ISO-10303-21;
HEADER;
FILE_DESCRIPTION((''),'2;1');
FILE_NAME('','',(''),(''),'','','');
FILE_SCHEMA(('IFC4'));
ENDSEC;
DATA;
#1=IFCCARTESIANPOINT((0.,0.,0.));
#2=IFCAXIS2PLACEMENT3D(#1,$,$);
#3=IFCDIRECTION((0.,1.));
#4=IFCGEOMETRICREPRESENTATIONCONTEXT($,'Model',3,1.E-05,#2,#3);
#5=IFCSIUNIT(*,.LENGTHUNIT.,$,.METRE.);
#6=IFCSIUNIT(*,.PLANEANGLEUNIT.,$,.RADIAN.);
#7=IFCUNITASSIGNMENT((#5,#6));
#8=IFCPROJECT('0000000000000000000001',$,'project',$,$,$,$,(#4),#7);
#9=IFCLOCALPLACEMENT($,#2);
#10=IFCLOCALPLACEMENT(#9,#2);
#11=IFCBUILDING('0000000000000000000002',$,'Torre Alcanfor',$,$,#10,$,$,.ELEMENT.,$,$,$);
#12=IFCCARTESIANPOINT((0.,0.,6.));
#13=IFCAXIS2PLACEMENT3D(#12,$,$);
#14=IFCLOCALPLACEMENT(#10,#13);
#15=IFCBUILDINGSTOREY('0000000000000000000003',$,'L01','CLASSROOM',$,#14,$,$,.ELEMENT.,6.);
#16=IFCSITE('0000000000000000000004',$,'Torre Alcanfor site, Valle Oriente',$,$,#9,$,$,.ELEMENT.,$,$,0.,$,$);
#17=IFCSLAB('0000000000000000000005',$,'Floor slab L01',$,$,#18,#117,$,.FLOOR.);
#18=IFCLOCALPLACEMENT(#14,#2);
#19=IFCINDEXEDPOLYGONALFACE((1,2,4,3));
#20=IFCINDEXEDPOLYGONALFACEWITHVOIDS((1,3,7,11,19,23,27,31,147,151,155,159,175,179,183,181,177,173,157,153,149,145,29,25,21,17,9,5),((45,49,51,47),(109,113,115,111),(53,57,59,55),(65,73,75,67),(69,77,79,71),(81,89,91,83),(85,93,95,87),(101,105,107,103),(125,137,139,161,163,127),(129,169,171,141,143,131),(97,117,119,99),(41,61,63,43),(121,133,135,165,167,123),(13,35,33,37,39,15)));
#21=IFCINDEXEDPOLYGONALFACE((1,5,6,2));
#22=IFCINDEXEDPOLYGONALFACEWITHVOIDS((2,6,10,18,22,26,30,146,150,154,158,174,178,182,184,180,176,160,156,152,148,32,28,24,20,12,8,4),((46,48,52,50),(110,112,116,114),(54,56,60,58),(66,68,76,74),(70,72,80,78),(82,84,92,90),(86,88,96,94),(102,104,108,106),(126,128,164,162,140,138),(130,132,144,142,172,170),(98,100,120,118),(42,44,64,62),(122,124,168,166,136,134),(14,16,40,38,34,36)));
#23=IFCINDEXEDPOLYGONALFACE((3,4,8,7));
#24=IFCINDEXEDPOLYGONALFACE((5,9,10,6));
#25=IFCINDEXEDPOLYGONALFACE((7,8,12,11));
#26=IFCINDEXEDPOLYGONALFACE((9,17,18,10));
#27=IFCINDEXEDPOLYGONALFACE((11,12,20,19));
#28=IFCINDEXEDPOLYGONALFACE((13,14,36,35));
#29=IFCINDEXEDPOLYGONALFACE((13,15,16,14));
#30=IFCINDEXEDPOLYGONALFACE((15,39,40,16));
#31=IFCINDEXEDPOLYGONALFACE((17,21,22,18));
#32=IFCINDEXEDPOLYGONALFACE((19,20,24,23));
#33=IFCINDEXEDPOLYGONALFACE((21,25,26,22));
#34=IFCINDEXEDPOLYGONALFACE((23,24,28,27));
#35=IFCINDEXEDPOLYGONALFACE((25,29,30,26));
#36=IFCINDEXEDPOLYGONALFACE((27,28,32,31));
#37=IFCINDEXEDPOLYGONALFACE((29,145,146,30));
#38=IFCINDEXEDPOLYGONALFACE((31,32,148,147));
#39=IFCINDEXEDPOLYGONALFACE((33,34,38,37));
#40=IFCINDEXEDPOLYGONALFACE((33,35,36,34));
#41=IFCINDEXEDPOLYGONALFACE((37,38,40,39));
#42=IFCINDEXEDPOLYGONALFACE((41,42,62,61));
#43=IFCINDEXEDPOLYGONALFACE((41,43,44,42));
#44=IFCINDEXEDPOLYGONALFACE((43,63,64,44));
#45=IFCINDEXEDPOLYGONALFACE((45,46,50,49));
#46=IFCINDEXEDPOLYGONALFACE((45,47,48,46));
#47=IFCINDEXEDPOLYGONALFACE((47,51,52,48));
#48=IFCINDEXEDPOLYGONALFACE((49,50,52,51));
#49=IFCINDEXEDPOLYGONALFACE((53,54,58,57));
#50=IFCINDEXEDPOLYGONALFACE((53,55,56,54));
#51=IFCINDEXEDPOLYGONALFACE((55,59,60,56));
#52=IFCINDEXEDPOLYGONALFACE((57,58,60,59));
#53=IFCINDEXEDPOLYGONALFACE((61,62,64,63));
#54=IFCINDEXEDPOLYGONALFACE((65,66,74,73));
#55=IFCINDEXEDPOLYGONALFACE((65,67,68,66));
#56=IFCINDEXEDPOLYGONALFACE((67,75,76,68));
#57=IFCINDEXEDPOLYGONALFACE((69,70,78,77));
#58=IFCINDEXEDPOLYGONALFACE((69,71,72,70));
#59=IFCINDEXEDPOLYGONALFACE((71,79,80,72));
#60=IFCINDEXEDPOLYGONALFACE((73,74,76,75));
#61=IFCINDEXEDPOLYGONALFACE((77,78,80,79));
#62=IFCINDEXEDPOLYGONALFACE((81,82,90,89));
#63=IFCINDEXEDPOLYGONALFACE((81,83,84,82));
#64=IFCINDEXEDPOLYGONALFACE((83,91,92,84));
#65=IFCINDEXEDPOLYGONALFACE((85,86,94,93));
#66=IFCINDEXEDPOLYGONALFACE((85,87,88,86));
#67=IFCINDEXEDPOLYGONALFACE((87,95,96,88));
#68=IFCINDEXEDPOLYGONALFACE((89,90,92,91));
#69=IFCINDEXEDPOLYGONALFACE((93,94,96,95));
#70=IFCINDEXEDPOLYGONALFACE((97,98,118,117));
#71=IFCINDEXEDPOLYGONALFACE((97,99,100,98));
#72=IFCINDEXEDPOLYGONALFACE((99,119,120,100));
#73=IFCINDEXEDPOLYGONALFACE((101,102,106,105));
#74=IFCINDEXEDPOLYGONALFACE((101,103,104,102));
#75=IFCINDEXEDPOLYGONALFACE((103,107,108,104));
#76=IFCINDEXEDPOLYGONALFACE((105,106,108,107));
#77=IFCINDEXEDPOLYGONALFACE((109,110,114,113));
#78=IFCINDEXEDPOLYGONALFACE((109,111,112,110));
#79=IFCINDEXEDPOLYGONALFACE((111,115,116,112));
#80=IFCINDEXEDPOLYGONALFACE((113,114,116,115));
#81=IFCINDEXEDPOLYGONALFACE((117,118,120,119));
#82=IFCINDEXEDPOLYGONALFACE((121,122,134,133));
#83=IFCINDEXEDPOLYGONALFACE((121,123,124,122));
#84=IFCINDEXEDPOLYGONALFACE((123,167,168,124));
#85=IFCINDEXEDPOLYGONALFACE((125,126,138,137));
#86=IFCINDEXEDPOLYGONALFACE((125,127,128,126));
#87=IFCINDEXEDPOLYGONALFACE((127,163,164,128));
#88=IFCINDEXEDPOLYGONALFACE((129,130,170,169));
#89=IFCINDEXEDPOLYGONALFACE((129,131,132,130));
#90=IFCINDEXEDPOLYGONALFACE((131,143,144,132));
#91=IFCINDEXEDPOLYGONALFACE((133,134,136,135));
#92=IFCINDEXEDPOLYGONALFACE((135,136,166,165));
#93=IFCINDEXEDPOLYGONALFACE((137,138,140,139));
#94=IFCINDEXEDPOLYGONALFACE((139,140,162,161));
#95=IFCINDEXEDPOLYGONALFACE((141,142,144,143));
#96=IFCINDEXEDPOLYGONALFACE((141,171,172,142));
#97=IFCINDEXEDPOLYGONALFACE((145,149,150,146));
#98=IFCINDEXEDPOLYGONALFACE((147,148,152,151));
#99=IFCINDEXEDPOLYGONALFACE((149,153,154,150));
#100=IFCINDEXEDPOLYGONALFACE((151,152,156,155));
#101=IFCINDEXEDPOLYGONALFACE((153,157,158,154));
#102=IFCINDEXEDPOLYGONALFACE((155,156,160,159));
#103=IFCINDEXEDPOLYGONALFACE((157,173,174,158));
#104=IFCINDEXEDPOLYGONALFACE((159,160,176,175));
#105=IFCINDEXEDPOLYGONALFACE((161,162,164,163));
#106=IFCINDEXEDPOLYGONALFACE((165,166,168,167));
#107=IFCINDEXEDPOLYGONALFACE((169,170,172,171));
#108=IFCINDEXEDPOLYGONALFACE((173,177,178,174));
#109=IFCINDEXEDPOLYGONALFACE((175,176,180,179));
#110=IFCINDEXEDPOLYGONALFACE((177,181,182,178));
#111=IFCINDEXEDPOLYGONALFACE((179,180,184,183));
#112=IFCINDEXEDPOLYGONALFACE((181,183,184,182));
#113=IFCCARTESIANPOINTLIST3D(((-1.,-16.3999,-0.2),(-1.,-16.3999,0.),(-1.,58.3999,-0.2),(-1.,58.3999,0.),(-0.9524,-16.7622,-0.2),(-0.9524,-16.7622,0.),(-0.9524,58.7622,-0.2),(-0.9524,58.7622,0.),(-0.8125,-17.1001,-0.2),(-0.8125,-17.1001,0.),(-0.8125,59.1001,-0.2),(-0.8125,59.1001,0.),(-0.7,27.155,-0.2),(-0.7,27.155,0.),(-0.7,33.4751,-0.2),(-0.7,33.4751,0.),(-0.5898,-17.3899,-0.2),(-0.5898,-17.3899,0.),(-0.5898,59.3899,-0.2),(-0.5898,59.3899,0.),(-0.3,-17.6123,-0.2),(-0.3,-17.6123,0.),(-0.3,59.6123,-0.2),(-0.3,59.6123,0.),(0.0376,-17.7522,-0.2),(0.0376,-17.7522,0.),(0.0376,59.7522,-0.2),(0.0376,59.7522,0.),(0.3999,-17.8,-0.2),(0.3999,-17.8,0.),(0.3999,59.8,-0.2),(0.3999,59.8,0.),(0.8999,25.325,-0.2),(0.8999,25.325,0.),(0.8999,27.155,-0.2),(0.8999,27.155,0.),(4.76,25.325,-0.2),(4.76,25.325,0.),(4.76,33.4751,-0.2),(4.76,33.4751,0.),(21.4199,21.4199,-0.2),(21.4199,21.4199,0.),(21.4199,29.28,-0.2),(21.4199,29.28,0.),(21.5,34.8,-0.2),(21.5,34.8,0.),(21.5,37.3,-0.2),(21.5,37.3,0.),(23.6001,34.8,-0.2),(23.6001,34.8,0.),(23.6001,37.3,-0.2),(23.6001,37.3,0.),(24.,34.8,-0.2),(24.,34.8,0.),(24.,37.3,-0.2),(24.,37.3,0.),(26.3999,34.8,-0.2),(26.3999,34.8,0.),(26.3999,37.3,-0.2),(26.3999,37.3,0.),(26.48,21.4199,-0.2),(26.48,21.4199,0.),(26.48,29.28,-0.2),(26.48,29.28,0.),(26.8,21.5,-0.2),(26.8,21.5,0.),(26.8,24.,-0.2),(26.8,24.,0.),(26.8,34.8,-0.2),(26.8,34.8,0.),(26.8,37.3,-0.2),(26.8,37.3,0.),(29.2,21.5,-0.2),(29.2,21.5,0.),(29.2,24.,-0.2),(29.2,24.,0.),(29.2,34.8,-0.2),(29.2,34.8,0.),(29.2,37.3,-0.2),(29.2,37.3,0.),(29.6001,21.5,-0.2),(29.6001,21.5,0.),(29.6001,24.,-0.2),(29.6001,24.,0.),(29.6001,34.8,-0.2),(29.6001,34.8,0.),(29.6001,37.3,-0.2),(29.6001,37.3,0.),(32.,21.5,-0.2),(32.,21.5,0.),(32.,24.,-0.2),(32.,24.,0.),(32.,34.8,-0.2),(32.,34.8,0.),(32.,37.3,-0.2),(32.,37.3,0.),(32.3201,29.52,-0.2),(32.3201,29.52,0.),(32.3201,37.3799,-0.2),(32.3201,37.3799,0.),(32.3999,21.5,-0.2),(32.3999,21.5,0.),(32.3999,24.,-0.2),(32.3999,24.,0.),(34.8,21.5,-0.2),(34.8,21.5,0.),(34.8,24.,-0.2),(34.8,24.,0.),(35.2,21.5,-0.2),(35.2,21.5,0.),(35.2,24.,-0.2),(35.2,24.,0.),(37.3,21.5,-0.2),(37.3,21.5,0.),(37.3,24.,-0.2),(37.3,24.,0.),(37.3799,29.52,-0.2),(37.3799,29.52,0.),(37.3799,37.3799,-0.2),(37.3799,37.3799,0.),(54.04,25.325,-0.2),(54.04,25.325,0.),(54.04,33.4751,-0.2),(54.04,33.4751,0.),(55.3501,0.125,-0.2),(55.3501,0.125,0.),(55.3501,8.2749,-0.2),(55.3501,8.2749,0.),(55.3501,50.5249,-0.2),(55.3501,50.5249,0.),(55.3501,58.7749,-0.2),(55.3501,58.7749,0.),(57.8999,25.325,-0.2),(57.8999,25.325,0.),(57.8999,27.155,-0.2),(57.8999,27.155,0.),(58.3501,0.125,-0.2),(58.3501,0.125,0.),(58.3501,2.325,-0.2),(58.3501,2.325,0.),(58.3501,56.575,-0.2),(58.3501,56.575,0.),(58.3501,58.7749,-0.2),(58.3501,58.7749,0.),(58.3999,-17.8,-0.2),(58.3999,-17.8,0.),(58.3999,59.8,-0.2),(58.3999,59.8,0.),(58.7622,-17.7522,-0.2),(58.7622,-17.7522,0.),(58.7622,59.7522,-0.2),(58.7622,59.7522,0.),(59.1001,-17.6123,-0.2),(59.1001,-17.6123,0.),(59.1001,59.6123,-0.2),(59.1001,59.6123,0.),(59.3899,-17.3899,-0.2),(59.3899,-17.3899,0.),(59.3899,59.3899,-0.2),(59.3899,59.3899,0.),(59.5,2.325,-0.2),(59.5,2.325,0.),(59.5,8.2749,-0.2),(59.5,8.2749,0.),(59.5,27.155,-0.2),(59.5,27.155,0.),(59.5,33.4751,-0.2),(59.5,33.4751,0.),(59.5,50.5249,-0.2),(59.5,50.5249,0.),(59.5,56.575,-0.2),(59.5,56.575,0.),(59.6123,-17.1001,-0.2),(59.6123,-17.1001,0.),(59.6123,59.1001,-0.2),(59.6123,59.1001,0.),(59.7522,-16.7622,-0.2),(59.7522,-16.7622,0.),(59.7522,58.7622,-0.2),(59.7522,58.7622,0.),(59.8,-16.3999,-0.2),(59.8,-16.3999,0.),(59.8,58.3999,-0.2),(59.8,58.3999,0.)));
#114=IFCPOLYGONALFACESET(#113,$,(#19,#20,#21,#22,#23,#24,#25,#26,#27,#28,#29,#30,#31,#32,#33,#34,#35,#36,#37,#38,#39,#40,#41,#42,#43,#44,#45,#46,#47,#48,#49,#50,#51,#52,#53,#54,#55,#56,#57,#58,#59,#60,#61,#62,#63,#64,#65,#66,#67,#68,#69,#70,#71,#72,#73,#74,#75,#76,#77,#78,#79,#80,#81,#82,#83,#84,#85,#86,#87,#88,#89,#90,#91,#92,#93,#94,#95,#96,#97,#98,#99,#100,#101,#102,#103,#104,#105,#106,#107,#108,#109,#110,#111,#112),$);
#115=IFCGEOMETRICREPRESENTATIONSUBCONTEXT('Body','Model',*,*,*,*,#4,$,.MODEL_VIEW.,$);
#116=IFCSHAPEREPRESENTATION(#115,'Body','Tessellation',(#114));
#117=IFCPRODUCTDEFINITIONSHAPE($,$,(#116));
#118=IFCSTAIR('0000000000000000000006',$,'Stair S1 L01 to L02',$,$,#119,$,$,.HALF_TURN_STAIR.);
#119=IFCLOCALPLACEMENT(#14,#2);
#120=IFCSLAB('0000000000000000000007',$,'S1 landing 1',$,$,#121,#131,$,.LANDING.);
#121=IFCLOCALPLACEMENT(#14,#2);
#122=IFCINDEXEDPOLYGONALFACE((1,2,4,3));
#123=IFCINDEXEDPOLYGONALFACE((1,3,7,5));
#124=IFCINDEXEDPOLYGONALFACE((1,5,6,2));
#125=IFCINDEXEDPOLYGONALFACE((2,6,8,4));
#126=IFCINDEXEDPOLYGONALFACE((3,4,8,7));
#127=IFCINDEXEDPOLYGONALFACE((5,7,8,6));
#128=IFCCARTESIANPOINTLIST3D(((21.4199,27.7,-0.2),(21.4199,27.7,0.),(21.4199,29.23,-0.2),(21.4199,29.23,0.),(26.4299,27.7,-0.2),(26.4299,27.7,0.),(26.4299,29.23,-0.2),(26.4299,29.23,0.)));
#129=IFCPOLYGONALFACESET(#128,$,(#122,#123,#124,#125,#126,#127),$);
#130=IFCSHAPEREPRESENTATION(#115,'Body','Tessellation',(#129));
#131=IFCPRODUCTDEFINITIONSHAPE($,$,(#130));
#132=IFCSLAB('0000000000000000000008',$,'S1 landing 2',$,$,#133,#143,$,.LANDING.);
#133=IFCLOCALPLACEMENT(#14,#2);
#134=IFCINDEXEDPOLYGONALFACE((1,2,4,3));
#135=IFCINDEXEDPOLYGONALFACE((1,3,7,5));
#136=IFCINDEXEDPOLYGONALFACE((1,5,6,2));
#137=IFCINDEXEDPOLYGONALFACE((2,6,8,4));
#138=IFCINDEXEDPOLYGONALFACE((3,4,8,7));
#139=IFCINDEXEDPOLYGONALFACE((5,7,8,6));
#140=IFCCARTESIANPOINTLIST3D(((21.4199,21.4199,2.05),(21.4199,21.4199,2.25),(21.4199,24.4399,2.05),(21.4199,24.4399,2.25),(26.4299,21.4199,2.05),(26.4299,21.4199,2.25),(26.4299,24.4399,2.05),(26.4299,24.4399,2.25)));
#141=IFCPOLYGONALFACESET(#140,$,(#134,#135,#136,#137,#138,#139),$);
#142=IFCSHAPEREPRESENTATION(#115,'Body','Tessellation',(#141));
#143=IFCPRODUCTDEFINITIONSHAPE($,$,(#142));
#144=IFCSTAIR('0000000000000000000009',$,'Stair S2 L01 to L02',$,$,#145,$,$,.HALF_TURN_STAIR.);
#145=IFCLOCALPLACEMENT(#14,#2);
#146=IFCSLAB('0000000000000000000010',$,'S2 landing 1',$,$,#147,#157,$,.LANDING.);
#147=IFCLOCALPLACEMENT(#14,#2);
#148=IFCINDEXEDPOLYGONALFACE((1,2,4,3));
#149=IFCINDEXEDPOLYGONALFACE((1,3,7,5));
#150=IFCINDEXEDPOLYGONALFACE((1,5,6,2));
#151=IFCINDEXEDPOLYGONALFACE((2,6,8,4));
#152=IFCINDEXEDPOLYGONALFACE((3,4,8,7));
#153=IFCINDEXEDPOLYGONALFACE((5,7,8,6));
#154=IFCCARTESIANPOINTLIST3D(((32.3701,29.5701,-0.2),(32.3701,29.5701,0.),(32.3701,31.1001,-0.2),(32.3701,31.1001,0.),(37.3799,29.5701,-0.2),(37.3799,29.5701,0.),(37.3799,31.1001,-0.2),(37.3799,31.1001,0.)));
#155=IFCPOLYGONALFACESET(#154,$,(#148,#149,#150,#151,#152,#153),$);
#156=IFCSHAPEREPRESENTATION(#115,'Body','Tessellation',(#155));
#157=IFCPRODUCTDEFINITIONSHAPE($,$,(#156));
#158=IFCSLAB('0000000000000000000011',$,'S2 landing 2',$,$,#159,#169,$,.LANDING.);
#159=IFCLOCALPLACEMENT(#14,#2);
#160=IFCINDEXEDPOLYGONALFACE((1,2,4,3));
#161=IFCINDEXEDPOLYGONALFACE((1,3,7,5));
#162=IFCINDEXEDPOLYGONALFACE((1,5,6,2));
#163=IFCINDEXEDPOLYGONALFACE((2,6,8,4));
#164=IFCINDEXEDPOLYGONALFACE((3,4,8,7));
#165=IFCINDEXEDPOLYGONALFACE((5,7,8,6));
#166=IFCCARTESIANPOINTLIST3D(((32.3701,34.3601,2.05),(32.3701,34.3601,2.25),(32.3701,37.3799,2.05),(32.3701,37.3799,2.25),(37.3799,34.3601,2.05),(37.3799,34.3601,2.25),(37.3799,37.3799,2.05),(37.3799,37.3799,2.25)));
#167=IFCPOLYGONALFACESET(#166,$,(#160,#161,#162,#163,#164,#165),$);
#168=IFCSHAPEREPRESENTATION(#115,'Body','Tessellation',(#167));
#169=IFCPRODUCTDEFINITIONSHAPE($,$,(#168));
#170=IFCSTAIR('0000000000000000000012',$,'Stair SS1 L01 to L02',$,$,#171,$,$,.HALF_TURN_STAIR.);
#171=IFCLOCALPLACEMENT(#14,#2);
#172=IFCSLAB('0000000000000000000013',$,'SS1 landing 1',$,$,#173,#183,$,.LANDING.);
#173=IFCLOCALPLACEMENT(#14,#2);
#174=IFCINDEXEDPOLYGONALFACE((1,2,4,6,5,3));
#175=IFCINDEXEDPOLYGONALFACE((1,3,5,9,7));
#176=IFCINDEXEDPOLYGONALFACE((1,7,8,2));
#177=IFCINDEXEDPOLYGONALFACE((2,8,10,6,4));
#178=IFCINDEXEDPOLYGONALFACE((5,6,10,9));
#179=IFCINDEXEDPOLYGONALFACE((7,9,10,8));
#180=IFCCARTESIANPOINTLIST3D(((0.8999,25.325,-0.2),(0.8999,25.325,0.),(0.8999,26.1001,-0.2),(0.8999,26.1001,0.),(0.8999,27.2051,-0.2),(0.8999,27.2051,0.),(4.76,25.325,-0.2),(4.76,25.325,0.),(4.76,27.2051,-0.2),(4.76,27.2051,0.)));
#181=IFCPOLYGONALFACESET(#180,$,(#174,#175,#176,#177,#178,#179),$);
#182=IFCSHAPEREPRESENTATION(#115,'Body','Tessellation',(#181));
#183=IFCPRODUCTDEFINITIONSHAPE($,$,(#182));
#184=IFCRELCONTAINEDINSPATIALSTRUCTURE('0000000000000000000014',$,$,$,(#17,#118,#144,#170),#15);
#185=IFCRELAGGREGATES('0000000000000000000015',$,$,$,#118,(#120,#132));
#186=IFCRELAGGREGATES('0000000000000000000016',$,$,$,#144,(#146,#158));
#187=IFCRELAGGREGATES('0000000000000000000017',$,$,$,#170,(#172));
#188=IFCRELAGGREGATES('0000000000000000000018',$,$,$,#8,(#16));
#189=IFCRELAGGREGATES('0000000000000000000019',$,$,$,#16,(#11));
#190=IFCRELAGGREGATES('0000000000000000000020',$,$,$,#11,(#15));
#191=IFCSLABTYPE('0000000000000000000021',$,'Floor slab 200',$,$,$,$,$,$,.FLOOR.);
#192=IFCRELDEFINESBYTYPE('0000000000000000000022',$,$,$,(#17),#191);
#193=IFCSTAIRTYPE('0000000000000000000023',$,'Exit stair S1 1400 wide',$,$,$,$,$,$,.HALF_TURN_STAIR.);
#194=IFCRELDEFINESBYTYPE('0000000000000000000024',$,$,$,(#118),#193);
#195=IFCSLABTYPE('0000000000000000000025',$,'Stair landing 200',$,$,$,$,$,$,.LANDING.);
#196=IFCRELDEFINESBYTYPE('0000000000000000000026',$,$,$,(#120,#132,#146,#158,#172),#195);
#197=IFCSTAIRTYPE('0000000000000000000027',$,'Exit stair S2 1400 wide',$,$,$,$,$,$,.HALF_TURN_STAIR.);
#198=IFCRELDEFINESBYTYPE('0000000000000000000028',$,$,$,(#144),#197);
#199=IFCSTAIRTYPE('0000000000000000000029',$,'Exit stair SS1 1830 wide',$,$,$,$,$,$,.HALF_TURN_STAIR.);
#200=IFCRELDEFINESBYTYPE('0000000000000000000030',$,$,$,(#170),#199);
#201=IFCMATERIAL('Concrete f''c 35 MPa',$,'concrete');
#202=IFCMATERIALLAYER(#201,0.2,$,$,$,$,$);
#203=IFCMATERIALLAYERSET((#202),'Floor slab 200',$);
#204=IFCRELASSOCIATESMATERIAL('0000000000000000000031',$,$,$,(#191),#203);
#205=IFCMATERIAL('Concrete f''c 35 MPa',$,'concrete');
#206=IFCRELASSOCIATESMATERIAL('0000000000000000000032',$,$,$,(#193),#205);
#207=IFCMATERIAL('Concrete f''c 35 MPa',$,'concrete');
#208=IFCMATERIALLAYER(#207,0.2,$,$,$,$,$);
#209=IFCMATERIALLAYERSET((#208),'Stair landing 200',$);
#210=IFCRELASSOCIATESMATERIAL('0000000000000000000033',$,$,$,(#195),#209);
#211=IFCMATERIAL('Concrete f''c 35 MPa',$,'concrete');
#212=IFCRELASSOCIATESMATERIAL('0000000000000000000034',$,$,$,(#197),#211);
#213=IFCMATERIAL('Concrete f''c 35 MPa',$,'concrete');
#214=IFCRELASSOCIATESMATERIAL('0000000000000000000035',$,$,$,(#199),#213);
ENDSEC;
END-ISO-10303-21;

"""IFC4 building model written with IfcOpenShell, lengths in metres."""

from ifc_helpers import new_model, si_unit, direction, frame, origin, place, context, subcontext, project, spatial, polyline, outline, extrude, material, layer, layer_set, type_object, element, aggregate, save


model = new_model("IFC4")

# Units and contexts
model_context = context("Model", 3, precision=1e-05, world=origin(), true_north=direction((0.0, 1.0)))
body_context = subcontext(model_context, "Body", "Model", "MODEL_VIEW")
ifc_project = project(units=[si_unit("LENGTHUNIT", "METRE"), si_unit("PLANEANGLEUNIT", "RADIAN")], contexts=[model_context])

# Site, building, storey
site_placement = place(None, origin())
site = spatial("IfcSite", under=ifc_project, at=site_placement, Name="Torre Alcanfor site, Valle Oriente", CompositionType="ELEMENT", RefElevation=0.0)
building_placement = place(site_placement, origin())
building = spatial("IfcBuilding", under=site, at=building_placement, Name="Torre Alcanfor", CompositionType="ELEMENT")
storey_placement = place(building_placement, frame((0.0, 0.0, 6.0)))
storey = spatial("IfcBuildingStorey", under=building, at=storey_placement, Name="L01", Description="CLASSROOM", CompositionType="ELEMENT", Elevation=6.0)

# Slab
ifc_material_1 = material(Name="Concrete f'c 35 MPa", Category="concrete")
ifc_layer_1 = layer(ifc_material_1, 0.2)
ifc_layer_set_1 = layer_set([ifc_layer_1], Name="Floor slab 200")
slab_type_1 = type_object("IfcSlabType", Name="Floor slab 200", PredefinedType="FLOOR", material=ifc_layer_set_1)
slab_1_placement = place(storey_placement, frame((0.0, 0.0, -0.2)))
element("IfcSlab", 1, at=slab_1_placement, inside=storey, type_object=slab_type_1, Name="Floor slab L01", PredefinedType="FLOOR", context=body_context, shape_type="SweptSolid", body=[
    extrude(outline(polyline([(58.3999, -17.8), (58.7622, -17.7522), (59.1001, -17.6123), (59.3899, -17.3899), (59.6123, -17.1001), (59.7522, -16.7622), (59.8, -16.3999), (59.8, 58.3999), (59.7522, 58.7622), (59.6123, 59.1001), (59.3899, 59.3899), (59.1001, 59.6123), (58.7622, 59.7522), (58.3999, 59.8), (0.3999, 59.8), (0.0376, 59.7522), (-0.3, 59.6123), (-0.5898, 59.3899), (-0.8125, 59.1001), (-0.9524, 58.7622), (-1.0, 58.3999), (-1.0, -16.3999), (-0.9524, -16.7622), (-0.8125, -17.1001), (-0.5898, -17.3899), (-0.3, -17.6123), (0.0376, -17.7522), (0.3999, -17.8), (58.3999, -17.8)]), holes=[polyline([(21.4199, 21.4199), (26.48, 21.4199), (26.48, 29.28), (21.4199, 29.28), (21.4199, 21.4199)]), polyline([(32.3201, 29.52), (37.3799, 29.52), (37.3799, 37.3799), (32.3201, 37.3799), (32.3201, 29.52)]), polyline([(26.8, 21.5), (29.2, 21.5), (29.2, 24.0), (26.8, 24.0), (26.8, 21.5)]), polyline([(29.6001, 21.5), (32.0, 21.5), (32.0, 24.0), (29.6001, 24.0), (29.6001, 21.5)]), polyline([(32.3999, 21.5), (34.8, 21.5), (34.8, 24.0), (32.3999, 24.0), (32.3999, 21.5)]), polyline([(35.2, 21.5), (37.3, 21.5), (37.3, 24.0), (35.2, 24.0), (35.2, 21.5)]), polyline([(21.5, 34.8), (23.6001, 34.8), (23.6001, 37.3), (21.5, 37.3), (21.5, 34.8)]), polyline([(24.0, 34.8), (26.3999, 34.8), (26.3999, 37.3), (24.0, 37.3), (24.0, 34.8)]), polyline([(26.8, 34.8), (29.2, 34.8), (29.2, 37.3), (26.8, 37.3), (26.8, 34.8)]), polyline([(29.6001, 34.8), (32.0, 34.8), (32.0, 37.3), (29.6001, 37.3), (29.6001, 34.8)]), polyline([(4.76, 25.325), (0.8999, 25.325), (0.8999, 27.155), (-0.7, 27.155), (-0.7, 33.4751), (4.76, 33.4751), (4.76, 25.325)]), polyline([(57.8999, 25.325), (54.04, 25.325), (54.04, 33.4751), (59.5, 33.4751), (59.5, 27.155), (57.8999, 27.155), (57.8999, 25.325)]), polyline([(58.3501, 0.125), (55.3501, 0.125), (55.3501, 8.2749), (59.5, 8.2749), (59.5, 2.325), (58.3501, 2.325), (58.3501, 0.125)]), polyline([(59.5, 56.575), (59.5, 50.5249), (55.3501, 50.5249), (55.3501, 58.7749), (58.3501, 58.7749), (58.3501, 56.575), (59.5, 56.575)])]), origin(), (0.0, 0.0, 1.0), 0.2),
])

# Stairs, slabs
ifc_material_2 = material(Name="Concrete f'c 35 MPa", Category="concrete")
stair_type_1 = type_object("IfcStairType", Name="Exit stair S1 1400 wide", PredefinedType="HALF_TURN_STAIR", material=ifc_material_2)
stair_1_placement = place(storey_placement, origin())
stair_1 = element("IfcStair", 2, at=stair_1_placement, inside=storey, type_object=stair_type_1, Name="Stair S1 L01 to L02", PredefinedType="HALF_TURN_STAIR")
ifc_material_3 = material(Name="Concrete f'c 35 MPa", Category="concrete")
ifc_layer_2 = layer(ifc_material_3, 0.2)
ifc_layer_set_2 = layer_set([ifc_layer_2], Name="Stair landing 200")
slab_type_2 = type_object("IfcSlabType", Name="Stair landing 200", PredefinedType="LANDING", material=ifc_layer_set_2)
slab_2_placement = place(storey_placement, frame((0.0, 0.0, -0.2)))
slab_2 = element("IfcSlab", 3, at=slab_2_placement, type_object=slab_type_2, Name="S1 landing 1", PredefinedType="LANDING", context=body_context, shape_type="SweptSolid", body=[
    extrude(outline(polyline([(21.4199, 27.7), (26.4299, 27.7), (26.4299, 29.23), (21.4199, 29.23), (21.4199, 27.7)])), origin(), (0.0, 0.0, 1.0), 0.2),
])
slab_3_placement = place(storey_placement, frame((0.0, 0.0, 2.05)))
slab_3 = element("IfcSlab", 4, at=slab_3_placement, type_object=slab_type_2, Name="S1 landing 2", PredefinedType="LANDING", context=body_context, shape_type="SweptSolid", body=[
    extrude(outline(polyline([(21.4199, 21.4199), (26.4299, 21.4199), (26.4299, 24.4399), (21.4199, 24.4399), (21.4199, 21.4199)])), origin(), (0.0, 0.0, 1.0), 0.2),
])
aggregate(stair_1, [slab_2, slab_3])
ifc_material_4 = material(Name="Concrete f'c 35 MPa", Category="concrete")
stair_type_2 = type_object("IfcStairType", Name="Exit stair S2 1400 wide", PredefinedType="HALF_TURN_STAIR", material=ifc_material_4)
stair_2_placement = place(storey_placement, origin())
stair_2 = element("IfcStair", 5, at=stair_2_placement, inside=storey, type_object=stair_type_2, Name="Stair S2 L01 to L02", PredefinedType="HALF_TURN_STAIR")
slab_4_placement = place(storey_placement, frame((0.0, 0.0, -0.2)))
slab_4 = element("IfcSlab", 6, at=slab_4_placement, type_object=slab_type_2, Name="S2 landing 1", PredefinedType="LANDING", context=body_context, shape_type="SweptSolid", body=[
    extrude(outline(polyline([(32.3701, 29.5701), (37.3799, 29.5701), (37.3799, 31.1001), (32.3701, 31.1001), (32.3701, 29.5701)])), origin(), (0.0, 0.0, 1.0), 0.2),
])
slab_5_placement = place(storey_placement, frame((0.0, 0.0, 2.05)))
slab_5 = element("IfcSlab", 7, at=slab_5_placement, type_object=slab_type_2, Name="S2 landing 2", PredefinedType="LANDING", context=body_context, shape_type="SweptSolid", body=[
    extrude(outline(polyline([(32.3701, 34.3601), (37.3799, 34.3601), (37.3799, 37.3799), (32.3701, 37.3799), (32.3701, 34.3601)])), origin(), (0.0, 0.0, 1.0), 0.2),
])
aggregate(stair_2, [slab_4, slab_5])
ifc_material_5 = material(Name="Concrete f'c 35 MPa", Category="concrete")
stair_type_3 = type_object("IfcStairType", Name="Exit stair SS1 1830 wide", PredefinedType="HALF_TURN_STAIR", material=ifc_material_5)
stair_3_placement = place(storey_placement, origin())
stair_3 = element("IfcStair", 8, at=stair_3_placement, inside=storey, type_object=stair_type_3, Name="Stair SS1 L01 to L02", PredefinedType="HALF_TURN_STAIR")
slab_6_placement = place(storey_placement, frame((0.0, 0.0, -0.2)))
slab_6 = element("IfcSlab", 9, at=slab_6_placement, type_object=slab_type_2, Name="SS1 landing 1", PredefinedType="LANDING", context=body_context, shape_type="SweptSolid", body=[
    extrude(outline(polyline([(4.76, 27.2051), (4.76, 25.325), (0.8999, 25.325), (0.8999, 26.1001), (0.8999, 27.2051), (4.76, 27.2051)])), origin(), (0.0, 0.0, 1.0), 0.2),
])
aggregate(stair_3, [slab_6])

save(model, "model.ifc")
